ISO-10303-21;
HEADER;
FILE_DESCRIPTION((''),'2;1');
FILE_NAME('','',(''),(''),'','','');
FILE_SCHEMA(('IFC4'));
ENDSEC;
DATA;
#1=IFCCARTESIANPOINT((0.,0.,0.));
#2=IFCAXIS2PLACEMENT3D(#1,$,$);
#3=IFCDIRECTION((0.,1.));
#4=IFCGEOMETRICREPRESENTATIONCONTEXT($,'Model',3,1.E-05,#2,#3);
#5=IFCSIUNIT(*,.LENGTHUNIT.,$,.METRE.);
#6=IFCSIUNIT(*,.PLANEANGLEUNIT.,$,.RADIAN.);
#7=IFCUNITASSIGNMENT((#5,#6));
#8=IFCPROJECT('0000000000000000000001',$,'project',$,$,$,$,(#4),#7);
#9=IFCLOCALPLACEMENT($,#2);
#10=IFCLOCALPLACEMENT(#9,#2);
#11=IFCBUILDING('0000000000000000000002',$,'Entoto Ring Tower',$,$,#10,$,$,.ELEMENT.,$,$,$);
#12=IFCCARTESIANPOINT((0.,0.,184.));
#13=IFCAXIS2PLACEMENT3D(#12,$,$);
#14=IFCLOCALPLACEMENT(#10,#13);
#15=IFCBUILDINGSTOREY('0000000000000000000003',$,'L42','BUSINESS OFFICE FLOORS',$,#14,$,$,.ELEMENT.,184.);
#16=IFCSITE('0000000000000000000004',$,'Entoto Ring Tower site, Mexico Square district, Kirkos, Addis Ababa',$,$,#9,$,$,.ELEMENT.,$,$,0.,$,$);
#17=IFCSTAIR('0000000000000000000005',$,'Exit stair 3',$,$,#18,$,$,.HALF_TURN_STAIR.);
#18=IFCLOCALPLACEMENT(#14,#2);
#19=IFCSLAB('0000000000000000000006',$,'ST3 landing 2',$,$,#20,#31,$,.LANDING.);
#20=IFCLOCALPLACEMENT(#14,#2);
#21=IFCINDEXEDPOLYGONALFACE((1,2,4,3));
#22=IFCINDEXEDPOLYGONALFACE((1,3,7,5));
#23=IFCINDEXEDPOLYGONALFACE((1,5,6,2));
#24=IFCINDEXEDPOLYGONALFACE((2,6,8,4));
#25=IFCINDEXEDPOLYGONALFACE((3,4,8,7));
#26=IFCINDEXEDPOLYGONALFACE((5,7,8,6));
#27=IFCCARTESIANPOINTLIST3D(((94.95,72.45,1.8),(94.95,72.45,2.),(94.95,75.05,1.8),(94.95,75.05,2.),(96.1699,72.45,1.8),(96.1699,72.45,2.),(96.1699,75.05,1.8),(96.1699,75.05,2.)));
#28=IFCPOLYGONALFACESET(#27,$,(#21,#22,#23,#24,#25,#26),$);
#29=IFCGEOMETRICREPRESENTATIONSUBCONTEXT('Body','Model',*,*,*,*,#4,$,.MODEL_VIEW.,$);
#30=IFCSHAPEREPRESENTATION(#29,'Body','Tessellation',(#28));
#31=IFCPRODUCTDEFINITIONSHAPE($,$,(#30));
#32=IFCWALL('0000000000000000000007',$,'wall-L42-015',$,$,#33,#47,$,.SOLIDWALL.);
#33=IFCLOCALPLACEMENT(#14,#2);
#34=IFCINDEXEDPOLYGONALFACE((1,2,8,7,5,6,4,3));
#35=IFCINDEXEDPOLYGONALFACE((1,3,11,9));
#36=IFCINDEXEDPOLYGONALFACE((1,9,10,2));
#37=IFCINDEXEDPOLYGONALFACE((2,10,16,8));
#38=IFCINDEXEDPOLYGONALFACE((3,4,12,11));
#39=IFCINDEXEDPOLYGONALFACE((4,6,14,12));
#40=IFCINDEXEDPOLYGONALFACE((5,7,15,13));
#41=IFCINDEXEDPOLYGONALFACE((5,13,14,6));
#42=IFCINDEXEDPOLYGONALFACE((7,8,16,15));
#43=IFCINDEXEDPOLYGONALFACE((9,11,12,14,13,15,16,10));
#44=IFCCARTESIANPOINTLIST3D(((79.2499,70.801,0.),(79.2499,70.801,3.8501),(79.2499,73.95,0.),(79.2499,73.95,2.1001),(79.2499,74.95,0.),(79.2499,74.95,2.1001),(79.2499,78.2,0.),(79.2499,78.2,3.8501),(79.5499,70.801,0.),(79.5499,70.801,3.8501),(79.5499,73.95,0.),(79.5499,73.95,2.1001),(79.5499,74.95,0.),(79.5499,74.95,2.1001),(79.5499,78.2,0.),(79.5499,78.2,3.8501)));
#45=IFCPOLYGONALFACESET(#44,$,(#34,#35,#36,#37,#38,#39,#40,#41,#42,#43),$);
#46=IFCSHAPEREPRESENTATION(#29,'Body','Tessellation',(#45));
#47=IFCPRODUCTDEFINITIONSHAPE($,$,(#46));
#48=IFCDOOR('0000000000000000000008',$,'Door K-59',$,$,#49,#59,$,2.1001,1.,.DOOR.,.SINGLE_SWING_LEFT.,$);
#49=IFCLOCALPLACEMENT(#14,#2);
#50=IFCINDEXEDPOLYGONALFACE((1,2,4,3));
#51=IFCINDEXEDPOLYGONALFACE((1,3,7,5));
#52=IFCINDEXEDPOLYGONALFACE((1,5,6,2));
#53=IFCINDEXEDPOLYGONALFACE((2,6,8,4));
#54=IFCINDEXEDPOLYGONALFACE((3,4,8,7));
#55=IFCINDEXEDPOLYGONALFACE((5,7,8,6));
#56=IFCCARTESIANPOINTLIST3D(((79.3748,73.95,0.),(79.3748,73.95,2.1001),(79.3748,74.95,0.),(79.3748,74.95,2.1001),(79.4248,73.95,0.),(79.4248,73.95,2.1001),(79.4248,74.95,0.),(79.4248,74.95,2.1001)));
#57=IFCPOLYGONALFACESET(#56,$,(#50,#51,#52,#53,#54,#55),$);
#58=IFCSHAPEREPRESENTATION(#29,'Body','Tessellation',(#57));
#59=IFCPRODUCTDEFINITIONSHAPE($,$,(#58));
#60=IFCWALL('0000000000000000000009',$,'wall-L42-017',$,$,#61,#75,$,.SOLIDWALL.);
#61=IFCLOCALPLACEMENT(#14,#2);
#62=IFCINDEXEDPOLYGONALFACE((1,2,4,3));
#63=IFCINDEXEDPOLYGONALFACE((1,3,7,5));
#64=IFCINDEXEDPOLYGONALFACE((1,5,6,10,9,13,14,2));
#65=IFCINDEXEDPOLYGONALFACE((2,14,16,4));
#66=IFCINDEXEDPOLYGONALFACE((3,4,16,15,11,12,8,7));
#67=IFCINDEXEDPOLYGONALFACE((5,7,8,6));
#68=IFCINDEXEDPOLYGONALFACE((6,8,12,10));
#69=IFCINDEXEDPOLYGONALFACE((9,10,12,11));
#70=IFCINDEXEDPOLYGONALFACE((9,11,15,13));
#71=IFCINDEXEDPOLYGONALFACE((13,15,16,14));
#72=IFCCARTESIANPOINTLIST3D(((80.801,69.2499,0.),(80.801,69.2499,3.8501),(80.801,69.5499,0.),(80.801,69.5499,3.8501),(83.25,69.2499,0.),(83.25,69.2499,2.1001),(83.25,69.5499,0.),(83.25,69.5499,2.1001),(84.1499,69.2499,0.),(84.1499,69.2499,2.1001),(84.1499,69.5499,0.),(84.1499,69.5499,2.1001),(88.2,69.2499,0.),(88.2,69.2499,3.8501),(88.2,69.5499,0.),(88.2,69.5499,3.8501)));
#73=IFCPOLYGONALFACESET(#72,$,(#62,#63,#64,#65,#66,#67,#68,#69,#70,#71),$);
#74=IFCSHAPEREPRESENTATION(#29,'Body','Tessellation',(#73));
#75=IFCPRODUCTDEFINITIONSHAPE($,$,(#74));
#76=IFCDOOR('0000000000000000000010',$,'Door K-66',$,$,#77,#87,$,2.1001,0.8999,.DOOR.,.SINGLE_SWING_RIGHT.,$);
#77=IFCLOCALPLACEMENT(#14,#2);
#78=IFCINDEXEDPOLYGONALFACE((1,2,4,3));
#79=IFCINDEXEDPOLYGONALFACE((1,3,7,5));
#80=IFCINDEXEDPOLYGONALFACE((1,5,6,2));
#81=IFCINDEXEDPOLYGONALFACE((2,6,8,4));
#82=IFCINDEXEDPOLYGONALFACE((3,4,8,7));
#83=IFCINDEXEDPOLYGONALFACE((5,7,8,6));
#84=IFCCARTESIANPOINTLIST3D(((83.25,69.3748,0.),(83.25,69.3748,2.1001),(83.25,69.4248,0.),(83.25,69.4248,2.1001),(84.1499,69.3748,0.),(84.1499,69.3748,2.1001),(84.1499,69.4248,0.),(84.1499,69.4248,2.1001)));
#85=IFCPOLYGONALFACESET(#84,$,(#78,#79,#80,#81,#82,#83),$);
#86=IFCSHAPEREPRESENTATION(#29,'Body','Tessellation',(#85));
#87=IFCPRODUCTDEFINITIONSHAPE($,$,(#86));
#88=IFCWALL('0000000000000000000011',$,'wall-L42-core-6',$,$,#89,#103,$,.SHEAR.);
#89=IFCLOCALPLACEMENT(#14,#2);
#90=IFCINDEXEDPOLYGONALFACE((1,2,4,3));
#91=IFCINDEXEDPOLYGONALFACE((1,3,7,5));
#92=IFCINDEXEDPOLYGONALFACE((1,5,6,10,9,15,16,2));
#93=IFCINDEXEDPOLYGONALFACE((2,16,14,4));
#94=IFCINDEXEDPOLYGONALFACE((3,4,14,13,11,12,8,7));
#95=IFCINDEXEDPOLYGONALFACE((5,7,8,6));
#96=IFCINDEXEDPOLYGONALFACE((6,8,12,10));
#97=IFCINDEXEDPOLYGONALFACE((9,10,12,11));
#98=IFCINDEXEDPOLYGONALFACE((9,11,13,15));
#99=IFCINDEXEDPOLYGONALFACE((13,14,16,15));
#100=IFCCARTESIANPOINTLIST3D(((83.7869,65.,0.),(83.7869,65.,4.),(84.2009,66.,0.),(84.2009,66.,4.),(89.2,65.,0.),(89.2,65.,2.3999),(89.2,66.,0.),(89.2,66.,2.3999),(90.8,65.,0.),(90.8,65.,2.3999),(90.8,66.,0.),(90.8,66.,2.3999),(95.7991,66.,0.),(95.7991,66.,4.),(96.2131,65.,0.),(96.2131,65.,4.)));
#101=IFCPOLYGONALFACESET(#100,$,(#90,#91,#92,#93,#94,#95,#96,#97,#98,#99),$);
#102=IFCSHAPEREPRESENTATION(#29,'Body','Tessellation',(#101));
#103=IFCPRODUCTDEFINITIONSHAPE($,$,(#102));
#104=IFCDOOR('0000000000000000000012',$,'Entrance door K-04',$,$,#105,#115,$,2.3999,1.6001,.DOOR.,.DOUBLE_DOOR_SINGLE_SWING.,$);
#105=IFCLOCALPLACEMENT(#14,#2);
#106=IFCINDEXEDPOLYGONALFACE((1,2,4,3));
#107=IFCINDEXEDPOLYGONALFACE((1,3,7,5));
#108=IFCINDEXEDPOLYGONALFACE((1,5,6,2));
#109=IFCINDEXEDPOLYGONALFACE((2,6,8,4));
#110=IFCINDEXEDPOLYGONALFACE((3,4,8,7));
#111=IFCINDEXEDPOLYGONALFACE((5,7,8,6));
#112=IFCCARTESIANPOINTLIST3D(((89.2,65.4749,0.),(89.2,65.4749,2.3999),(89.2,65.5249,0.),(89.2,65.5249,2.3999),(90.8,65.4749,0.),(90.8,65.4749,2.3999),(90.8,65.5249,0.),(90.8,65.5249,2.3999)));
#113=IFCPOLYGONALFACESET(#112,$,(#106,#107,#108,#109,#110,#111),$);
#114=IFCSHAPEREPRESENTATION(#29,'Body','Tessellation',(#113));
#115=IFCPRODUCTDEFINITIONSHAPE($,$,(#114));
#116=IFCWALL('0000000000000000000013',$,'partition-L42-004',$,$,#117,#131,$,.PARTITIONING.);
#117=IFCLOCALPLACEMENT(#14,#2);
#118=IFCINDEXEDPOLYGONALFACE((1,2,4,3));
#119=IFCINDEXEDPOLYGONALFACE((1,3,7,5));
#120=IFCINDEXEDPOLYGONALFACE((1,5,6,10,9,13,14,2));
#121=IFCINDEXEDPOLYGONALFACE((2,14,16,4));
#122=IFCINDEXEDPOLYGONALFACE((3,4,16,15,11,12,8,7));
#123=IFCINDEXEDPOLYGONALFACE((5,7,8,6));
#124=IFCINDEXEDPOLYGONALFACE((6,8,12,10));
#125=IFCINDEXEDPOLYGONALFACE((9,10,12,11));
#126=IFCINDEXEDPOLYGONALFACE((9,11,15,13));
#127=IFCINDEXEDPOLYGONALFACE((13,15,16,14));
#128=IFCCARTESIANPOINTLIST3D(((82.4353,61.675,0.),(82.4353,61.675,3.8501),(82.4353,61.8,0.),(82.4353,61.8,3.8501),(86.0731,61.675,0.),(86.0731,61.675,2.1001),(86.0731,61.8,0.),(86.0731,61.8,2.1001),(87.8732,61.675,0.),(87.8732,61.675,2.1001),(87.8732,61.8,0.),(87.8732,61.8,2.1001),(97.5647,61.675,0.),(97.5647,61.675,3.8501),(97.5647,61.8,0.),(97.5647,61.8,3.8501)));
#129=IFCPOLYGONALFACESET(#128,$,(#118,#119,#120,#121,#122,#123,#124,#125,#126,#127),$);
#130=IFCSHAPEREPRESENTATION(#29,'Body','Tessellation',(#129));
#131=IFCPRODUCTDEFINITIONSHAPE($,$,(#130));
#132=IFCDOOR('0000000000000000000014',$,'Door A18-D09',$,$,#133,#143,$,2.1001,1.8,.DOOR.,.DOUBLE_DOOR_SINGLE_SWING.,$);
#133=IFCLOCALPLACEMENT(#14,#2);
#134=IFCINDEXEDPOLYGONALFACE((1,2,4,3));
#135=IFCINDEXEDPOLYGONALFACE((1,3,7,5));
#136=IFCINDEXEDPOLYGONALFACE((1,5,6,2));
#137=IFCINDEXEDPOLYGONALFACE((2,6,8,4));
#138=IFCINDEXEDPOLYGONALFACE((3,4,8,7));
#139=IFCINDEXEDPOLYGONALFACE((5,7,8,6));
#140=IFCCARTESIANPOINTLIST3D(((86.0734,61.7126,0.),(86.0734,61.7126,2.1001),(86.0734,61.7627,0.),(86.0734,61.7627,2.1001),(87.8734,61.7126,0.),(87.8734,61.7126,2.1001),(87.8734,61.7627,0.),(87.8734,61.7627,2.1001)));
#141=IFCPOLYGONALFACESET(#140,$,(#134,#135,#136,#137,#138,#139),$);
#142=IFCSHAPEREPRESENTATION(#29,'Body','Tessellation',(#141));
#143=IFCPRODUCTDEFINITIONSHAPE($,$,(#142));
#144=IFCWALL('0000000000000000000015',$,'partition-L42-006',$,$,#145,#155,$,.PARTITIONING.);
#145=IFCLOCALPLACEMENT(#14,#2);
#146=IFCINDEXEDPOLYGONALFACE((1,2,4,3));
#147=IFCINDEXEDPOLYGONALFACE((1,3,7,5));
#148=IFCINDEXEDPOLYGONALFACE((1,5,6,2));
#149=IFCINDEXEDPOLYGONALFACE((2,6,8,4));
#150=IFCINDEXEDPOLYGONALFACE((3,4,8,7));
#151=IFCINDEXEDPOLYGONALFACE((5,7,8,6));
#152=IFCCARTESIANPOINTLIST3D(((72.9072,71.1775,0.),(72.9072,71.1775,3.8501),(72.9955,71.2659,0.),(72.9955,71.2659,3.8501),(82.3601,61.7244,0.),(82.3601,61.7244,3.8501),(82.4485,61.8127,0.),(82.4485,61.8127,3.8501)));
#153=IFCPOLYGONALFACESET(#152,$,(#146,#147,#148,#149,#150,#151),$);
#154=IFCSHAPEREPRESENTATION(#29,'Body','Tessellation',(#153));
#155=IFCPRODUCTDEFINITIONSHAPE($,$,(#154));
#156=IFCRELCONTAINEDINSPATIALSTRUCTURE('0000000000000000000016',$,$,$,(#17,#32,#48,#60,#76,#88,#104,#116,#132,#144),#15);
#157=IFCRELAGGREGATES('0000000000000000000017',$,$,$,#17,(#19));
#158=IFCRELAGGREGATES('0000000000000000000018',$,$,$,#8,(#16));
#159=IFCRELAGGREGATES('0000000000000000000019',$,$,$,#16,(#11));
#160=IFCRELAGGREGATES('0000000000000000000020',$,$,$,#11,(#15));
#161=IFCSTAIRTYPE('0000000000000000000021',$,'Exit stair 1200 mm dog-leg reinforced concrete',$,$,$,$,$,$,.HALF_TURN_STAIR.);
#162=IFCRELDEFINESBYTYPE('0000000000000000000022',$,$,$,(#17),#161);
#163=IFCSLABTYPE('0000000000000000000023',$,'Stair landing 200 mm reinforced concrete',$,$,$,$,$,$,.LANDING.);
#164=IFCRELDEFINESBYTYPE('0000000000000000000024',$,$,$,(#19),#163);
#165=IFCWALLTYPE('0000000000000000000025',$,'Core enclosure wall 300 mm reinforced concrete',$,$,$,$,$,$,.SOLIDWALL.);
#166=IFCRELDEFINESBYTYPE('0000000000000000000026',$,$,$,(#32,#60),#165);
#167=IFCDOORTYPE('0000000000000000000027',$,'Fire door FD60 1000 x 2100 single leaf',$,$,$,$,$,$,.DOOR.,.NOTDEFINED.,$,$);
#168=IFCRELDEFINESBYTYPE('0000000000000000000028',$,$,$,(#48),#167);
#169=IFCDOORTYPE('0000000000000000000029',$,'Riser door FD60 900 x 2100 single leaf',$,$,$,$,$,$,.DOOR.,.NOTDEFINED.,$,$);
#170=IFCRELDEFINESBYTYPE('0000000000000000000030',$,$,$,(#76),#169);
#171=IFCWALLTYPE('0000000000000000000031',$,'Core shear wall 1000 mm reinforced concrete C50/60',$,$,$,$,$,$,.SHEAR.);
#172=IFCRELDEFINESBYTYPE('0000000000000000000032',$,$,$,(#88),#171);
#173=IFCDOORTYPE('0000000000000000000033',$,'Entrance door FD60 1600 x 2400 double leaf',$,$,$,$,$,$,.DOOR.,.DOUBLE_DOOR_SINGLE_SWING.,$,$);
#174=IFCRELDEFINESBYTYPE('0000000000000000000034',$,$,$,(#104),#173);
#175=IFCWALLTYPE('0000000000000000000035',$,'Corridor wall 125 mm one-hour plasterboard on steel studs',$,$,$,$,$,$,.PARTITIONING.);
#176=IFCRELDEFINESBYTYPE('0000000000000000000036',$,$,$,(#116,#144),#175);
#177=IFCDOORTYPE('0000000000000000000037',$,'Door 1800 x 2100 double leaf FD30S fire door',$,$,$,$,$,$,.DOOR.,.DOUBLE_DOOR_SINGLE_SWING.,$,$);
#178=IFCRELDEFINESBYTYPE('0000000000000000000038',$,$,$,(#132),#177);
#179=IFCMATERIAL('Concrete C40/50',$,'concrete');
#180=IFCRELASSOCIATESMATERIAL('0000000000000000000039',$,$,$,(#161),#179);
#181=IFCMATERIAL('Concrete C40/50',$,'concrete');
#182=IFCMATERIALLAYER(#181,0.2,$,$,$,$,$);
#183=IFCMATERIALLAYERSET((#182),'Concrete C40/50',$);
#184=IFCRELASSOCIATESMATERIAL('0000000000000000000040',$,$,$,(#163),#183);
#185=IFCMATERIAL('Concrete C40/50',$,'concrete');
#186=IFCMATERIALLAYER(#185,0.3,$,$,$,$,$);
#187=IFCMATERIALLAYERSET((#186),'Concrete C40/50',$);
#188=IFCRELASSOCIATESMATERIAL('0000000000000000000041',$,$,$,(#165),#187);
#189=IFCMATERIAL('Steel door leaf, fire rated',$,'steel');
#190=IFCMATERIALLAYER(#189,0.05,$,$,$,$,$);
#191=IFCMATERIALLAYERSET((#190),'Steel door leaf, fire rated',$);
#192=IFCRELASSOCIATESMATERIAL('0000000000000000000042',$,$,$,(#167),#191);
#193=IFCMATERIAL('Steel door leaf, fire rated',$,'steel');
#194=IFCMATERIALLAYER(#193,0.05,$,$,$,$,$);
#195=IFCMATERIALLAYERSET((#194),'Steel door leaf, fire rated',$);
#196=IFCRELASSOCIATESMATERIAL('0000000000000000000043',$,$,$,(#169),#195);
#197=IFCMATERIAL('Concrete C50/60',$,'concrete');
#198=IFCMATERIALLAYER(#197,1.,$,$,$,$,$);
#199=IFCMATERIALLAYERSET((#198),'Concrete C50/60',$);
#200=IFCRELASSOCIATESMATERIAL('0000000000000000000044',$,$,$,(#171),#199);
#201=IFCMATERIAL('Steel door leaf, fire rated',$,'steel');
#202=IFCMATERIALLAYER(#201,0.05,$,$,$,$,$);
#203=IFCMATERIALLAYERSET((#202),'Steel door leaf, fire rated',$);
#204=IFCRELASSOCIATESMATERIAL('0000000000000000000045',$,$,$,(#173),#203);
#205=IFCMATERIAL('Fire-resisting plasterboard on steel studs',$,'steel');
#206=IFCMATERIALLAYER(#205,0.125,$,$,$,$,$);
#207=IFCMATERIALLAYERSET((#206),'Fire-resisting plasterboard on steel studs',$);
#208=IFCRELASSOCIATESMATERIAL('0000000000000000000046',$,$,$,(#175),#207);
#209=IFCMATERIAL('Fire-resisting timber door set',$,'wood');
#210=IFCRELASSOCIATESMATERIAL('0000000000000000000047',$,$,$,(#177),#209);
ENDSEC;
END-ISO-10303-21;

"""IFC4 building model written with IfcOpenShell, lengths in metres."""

from ifc_helpers import new_model, si_unit, direction, frame, frame_2d, origin, place, context, subcontext, project, spatial, polyline, rectangle, outline, extrude, material, layer, layer_set, type_object, element, fill, aggregate, save


model = new_model("IFC4")

# Units and contexts
model_context = context("Model", 3, precision=1e-05, world=origin(), true_north=direction((0.0, 1.0)))
body_context = subcontext(model_context, "Body", "Model", "MODEL_VIEW")
ifc_project = project(units=[si_unit("LENGTHUNIT", "METRE"), si_unit("PLANEANGLEUNIT", "RADIAN")], contexts=[model_context])

# Site, building, storey
site_placement = place(None, origin())
site = spatial("IfcSite", under=ifc_project, at=site_placement, Name="Entoto Ring Tower site, Mexico Square district, Kirkos, Addis Ababa", CompositionType="ELEMENT", RefElevation=0.0)
building_placement = place(site_placement, origin())
building = spatial("IfcBuilding", under=site, at=building_placement, Name="Entoto Ring Tower", CompositionType="ELEMENT")
storey_placement = place(building_placement, frame((0.0, 0.0, 184.0)))
storey = spatial("IfcBuildingStorey", under=building, at=storey_placement, Name="L42", Description="BUSINESS OFFICE FLOORS", CompositionType="ELEMENT", Elevation=184.0)

# Stair, slab
ifc_material_1 = material(Name="Concrete C40/50", Category="concrete")
stair_type = type_object("IfcStairType", Name="Exit stair 1200 mm dog-leg reinforced concrete", PredefinedType="HALF_TURN_STAIR", material=ifc_material_1)
stair_placement = place(storey_placement, origin())
stair = element("IfcStair", 1, at=stair_placement, inside=storey, type_object=stair_type, Name="Exit stair 3", PredefinedType="HALF_TURN_STAIR")
ifc_material_2 = material(Name="Concrete C40/50", Category="concrete")
ifc_layer_1 = layer(ifc_material_2, 0.2)
ifc_layer_set_1 = layer_set([ifc_layer_1], Name="Concrete C40/50")
slab_type_1 = type_object("IfcSlabType", Name="Stair landing 200 mm reinforced concrete", PredefinedType="LANDING", material=ifc_layer_set_1)
slab_1_placement = place(storey_placement, frame((0.0, 0.0, 1.8)))
slab_1 = element("IfcSlab", 2, at=slab_1_placement, type_object=slab_type_1, Name="ST3 landing 2", PredefinedType="LANDING", context=body_context, shape_type="SweptSolid", body=[
    extrude(outline(polyline([(94.95, 72.45), (96.1699, 72.45), (96.1699, 75.05), (94.95, 75.05), (94.95, 72.45)])), origin(), (0.0, 0.0, 1.0), 0.2),
])
aggregate(stair, [slab_1])

# Walls, openings, doors
ifc_material_3 = material(Name="Concrete C40/50", Category="concrete")
ifc_layer_2 = layer(ifc_material_3, 0.3)
ifc_layer_set_2 = layer_set([ifc_layer_2], Name="Concrete C40/50")
wall_type_1 = type_object("IfcWallType", Name="Core enclosure wall 300 mm reinforced concrete", PredefinedType="SOLIDWALL", material=ifc_layer_set_2)
wall_1_placement = place(storey_placement, frame((79.3999, 70.801, 0.0), z_axis=(0.0, 0.0, 1.0), x_axis=(0.0, 1.0, 0.0)))
wall_1 = element("IfcWall", 3, at=wall_1_placement, inside=storey, type_object=wall_type_1, Name="wall-L42-015", PredefinedType="SOLIDWALL", context=body_context, shape_type="SweptSolid", body=[
    extrude(rectangle(XDim=7.3989, YDim=0.3, at=frame_2d((3.6995, 0.0))), origin(), (0.0, 0.0, 1.0), 3.8501),
])
opening_1_placement = place(wall_1_placement, frame((3.1489, 0.0, 0.0)))
opening_1 = element("IfcOpeningElement", 4, at=opening_1_placement, cuts=wall_1, PredefinedType="OPENING", context=body_context, shape_type="SweptSolid", body=[
    extrude(rectangle(XDim=1.0, YDim=2.1001, at=frame_2d((0.5, 1.05))), frame((0.0, 0.1602, 0.0), z_axis=(0.0, -1.0, 0.0), x_axis=(1.0, 0.0, 0.0)), (0.0, 0.0, 1.0), 0.3201),
])
ifc_material_4 = material(Name="Steel door leaf, fire rated", Category="steel")
ifc_layer_3 = layer(ifc_material_4, 0.05)
ifc_layer_set_3 = layer_set([ifc_layer_3], Name="Steel door leaf, fire rated")
door_type_1 = type_object("IfcDoorType", Name="Fire door FD60 1000 x 2100 single leaf", OperationType="NOTDEFINED", PredefinedType="DOOR", material=ifc_layer_set_3)
door_1_placement = place(opening_1_placement, frame((1.0, 0.0, 0.0), z_axis=(0.0, 0.0, 1.0), x_axis=(-1.0, 0.0, 0.0)))
door_1 = element("IfcDoor", 5, at=door_1_placement, inside=storey, type_object=door_type_1, Name="Door K-59", OperationType="SINGLE_SWING_LEFT", OverallHeight=2.1001, OverallWidth=1.0, PredefinedType="DOOR", context=body_context, shape_type="SweptSolid", body=[
    extrude(rectangle(XDim=1.0, YDim=2.1001, at=frame_2d((0.5, 1.05))), frame((0.0, 0.0249, 0.0), z_axis=(0.0, -1.0, 0.0), x_axis=(1.0, 0.0, 0.0)), (0.0, 0.0, 1.0), 0.05),
])
fill(opening_1, door_1)
wall_2_placement = place(storey_placement, frame((80.801, 69.3999, 0.0), z_axis=(0.0, 0.0, 1.0), x_axis=(1.0, 0.0, 0.0)))
wall_2 = element("IfcWall", 6, at=wall_2_placement, inside=storey, type_object=wall_type_1, Name="wall-L42-017", PredefinedType="SOLIDWALL", context=body_context, shape_type="SweptSolid", body=[
    extrude(rectangle(XDim=7.3989, YDim=0.3, at=frame_2d((3.6995, 0.0))), origin(), (0.0, 0.0, 1.0), 3.8501),
])
opening_2_placement = place(wall_2_placement, frame((2.449, 0.0, 0.0)))
opening_2 = element("IfcOpeningElement", 7, at=opening_2_placement, cuts=wall_2, PredefinedType="OPENING", context=body_context, shape_type="SweptSolid", body=[
    extrude(rectangle(XDim=0.8999, YDim=2.1001, at=frame_2d((0.45, 1.05))), frame((0.0, 0.1602, 0.0), z_axis=(0.0, -1.0, 0.0), x_axis=(1.0, 0.0, 0.0)), (0.0, 0.0, 1.0), 0.3201),
])
ifc_material_5 = material(Name="Steel door leaf, fire rated", Category="steel")
ifc_layer_4 = layer(ifc_material_5, 0.05)
ifc_layer_set_4 = layer_set([ifc_layer_4], Name="Steel door leaf, fire rated")
door_type_2 = type_object("IfcDoorType", Name="Riser door FD60 900 x 2100 single leaf", OperationType="NOTDEFINED", PredefinedType="DOOR", material=ifc_layer_set_4)
door_2_placement = place(opening_2_placement, origin())
door_2 = element("IfcDoor", 8, at=door_2_placement, inside=storey, type_object=door_type_2, Name="Door K-66", OperationType="SINGLE_SWING_RIGHT", OverallHeight=2.1001, OverallWidth=0.8999, PredefinedType="DOOR", context=body_context, shape_type="SweptSolid", body=[
    extrude(rectangle(XDim=0.8999, YDim=2.1001, at=frame_2d((0.45, 1.05))), frame((0.0, 0.0249, 0.0), z_axis=(0.0, -1.0, 0.0), x_axis=(1.0, 0.0, 0.0)), (0.0, 0.0, 1.0), 0.05),
])
fill(opening_2, door_2)
ifc_material_6 = material(Name="Concrete C50/60", Category="concrete")
ifc_layer_5 = layer(ifc_material_6, 1.0)
ifc_layer_set_5 = layer_set([ifc_layer_5], Name="Concrete C50/60")
wall_type_2 = type_object("IfcWallType", Name="Core shear wall 1000 mm reinforced concrete C50/60", PredefinedType="SHEAR", material=ifc_layer_set_5)
wall_3_placement = place(storey_placement, frame((83.9939, 65.5, 0.0), z_axis=(0.0, 0.0, 1.0), x_axis=(1.0, 0.0, 0.0)))
wall_3 = element("IfcWall", 9, at=wall_3_placement, inside=storey, type_object=wall_type_2, Name="wall-L42-core-6", PredefinedType="SHEAR", context=body_context, shape_type="SweptSolid", body=[
    extrude(outline(polyline([(-0.207, -0.5), (12.2192, -0.5), (11.8052, 0.5), (0.207, 0.5), (-0.207, -0.5)])), origin(), (0.0, 0.0, 1.0), 4.0),
])
opening_3_placement = place(wall_3_placement, frame((5.2061, 0.0, 0.0)))
opening_3 = element("IfcOpeningElement", 10, at=opening_3_placement, cuts=wall_3, PredefinedType="OPENING", context=body_context, shape_type="SweptSolid", body=[
    extrude(rectangle(XDim=1.6001, YDim=2.3999, at=frame_2d((0.8, 1.2))), frame((0.0, 0.51, 0.0), z_axis=(0.0, -1.0, 0.0), x_axis=(1.0, 0.0, 0.0)), (0.0, 0.0, 1.0), 1.02),
])
ifc_material_7 = material(Name="Steel door leaf, fire rated", Category="steel")
ifc_layer_6 = layer(ifc_material_7, 0.05)
ifc_layer_set_6 = layer_set([ifc_layer_6], Name="Steel door leaf, fire rated")
door_type_3 = type_object("IfcDoorType", Name="Entrance door FD60 1600 x 2400 double leaf", OperationType="DOUBLE_DOOR_SINGLE_SWING", PredefinedType="DOOR", material=ifc_layer_set_6)
door_3_placement = place(opening_3_placement, origin())
door_3 = element("IfcDoor", 11, at=door_3_placement, inside=storey, type_object=door_type_3, Name="Entrance door K-04", OperationType="DOUBLE_DOOR_SINGLE_SWING", OverallHeight=2.3999, OverallWidth=1.6001, PredefinedType="DOOR", context=body_context, shape_type="SweptSolid", body=[
    extrude(rectangle(XDim=1.6001, YDim=2.3999, at=frame_2d((0.8, 1.2))), frame((0.0, 0.0249, 0.0), z_axis=(0.0, -1.0, 0.0), x_axis=(1.0, 0.0, 0.0)), (0.0, 0.0, 1.0), 0.05),
])
fill(opening_3, door_3)
ifc_material_8 = material(Name="Fire-resisting plasterboard on steel studs", Category="steel")
ifc_layer_7 = layer(ifc_material_8, 0.125)
ifc_layer_set_7 = layer_set([ifc_layer_7], Name="Fire-resisting plasterboard on steel studs")
wall_type_3 = type_object("IfcWallType", Name="Corridor wall 125 mm one-hour plasterboard on steel studs", PredefinedType="PARTITIONING", material=ifc_layer_set_7)
wall_4_placement = place(storey_placement, frame((82.4353, 61.7375, 0.0), z_axis=(0.0, 0.0, 1.0), x_axis=(1.0, 0.0, 0.0)))
wall_4 = element("IfcWall", 12, at=wall_4_placement, inside=storey, type_object=wall_type_3, Name="partition-L42-004", PredefinedType="PARTITIONING", context=body_context, shape_type="SweptSolid", body=[
    extrude(rectangle(XDim=15.1294, YDim=0.125, at=frame_2d((7.5647, 0.0))), origin(), (0.0, 0.0, 1.0), 3.8501),
])
opening_4_placement = place(wall_4_placement, frame((3.6379, 0.0, 0.0)))
opening_4 = element("IfcOpeningElement", 13, at=opening_4_placement, cuts=wall_4, PredefinedType="OPENING", context=body_context, shape_type="SweptSolid", body=[
    extrude(rectangle(XDim=1.8, YDim=2.1001, at=frame_2d((0.8999, 1.05))), frame((0.0, 0.0725, 0.0), z_axis=(0.0, -1.0, 0.0), x_axis=(1.0, 0.0, 0.0)), (0.0, 0.0, 1.0), 0.145),
])
ifc_material_9 = material(Name="Fire-resisting timber door set", Category="wood")
door_type_4 = type_object("IfcDoorType", Name="Door 1800 x 2100 double leaf FD30S fire door", OperationType="DOUBLE_DOOR_SINGLE_SWING", PredefinedType="DOOR", material=ifc_material_9)
door_4_placement = place(opening_4_placement, frame((1.8, 0.0, 0.0), z_axis=(0.0, 0.0, 1.0), x_axis=(-1.0, 0.0, 0.0)))
door_4 = element("IfcDoor", 14, at=door_4_placement, inside=storey, type_object=door_type_4, Name="Door A18-D09", OperationType="DOUBLE_DOOR_SINGLE_SWING", OverallHeight=2.1001, OverallWidth=1.8, PredefinedType="DOOR", context=body_context, shape_type="SweptSolid", body=[
    extrude(rectangle(XDim=1.8, YDim=2.1001, at=frame_2d((0.8999, 1.05))), frame((0.0, 0.0249, 0.0), z_axis=(0.0, -1.0, 0.0), x_axis=(1.0, 0.0, 0.0)), (0.0, 0.0, 1.0), 0.05),
])
fill(opening_4, door_4)

# Wall
wall_5_placement = place(storey_placement, frame((82.4043, 61.7686, 0.0), z_axis=(0.0, 0.0, 1.0), x_axis=(-0.707098, 0.707116, 0.0)))
element("IfcWall", 15, at=wall_5_placement, inside=storey, type_object=wall_type_3, Name="partition-L42-006", PredefinedType="PARTITIONING", context=body_context, shape_type="SweptSolid", body=[
    extrude(rectangle(XDim=13.3687, YDim=0.125, at=frame_2d((6.6843, 0.0))), origin(), (0.0, 0.0, 1.0), 3.8501),
])

save(model, "model.ifc")
